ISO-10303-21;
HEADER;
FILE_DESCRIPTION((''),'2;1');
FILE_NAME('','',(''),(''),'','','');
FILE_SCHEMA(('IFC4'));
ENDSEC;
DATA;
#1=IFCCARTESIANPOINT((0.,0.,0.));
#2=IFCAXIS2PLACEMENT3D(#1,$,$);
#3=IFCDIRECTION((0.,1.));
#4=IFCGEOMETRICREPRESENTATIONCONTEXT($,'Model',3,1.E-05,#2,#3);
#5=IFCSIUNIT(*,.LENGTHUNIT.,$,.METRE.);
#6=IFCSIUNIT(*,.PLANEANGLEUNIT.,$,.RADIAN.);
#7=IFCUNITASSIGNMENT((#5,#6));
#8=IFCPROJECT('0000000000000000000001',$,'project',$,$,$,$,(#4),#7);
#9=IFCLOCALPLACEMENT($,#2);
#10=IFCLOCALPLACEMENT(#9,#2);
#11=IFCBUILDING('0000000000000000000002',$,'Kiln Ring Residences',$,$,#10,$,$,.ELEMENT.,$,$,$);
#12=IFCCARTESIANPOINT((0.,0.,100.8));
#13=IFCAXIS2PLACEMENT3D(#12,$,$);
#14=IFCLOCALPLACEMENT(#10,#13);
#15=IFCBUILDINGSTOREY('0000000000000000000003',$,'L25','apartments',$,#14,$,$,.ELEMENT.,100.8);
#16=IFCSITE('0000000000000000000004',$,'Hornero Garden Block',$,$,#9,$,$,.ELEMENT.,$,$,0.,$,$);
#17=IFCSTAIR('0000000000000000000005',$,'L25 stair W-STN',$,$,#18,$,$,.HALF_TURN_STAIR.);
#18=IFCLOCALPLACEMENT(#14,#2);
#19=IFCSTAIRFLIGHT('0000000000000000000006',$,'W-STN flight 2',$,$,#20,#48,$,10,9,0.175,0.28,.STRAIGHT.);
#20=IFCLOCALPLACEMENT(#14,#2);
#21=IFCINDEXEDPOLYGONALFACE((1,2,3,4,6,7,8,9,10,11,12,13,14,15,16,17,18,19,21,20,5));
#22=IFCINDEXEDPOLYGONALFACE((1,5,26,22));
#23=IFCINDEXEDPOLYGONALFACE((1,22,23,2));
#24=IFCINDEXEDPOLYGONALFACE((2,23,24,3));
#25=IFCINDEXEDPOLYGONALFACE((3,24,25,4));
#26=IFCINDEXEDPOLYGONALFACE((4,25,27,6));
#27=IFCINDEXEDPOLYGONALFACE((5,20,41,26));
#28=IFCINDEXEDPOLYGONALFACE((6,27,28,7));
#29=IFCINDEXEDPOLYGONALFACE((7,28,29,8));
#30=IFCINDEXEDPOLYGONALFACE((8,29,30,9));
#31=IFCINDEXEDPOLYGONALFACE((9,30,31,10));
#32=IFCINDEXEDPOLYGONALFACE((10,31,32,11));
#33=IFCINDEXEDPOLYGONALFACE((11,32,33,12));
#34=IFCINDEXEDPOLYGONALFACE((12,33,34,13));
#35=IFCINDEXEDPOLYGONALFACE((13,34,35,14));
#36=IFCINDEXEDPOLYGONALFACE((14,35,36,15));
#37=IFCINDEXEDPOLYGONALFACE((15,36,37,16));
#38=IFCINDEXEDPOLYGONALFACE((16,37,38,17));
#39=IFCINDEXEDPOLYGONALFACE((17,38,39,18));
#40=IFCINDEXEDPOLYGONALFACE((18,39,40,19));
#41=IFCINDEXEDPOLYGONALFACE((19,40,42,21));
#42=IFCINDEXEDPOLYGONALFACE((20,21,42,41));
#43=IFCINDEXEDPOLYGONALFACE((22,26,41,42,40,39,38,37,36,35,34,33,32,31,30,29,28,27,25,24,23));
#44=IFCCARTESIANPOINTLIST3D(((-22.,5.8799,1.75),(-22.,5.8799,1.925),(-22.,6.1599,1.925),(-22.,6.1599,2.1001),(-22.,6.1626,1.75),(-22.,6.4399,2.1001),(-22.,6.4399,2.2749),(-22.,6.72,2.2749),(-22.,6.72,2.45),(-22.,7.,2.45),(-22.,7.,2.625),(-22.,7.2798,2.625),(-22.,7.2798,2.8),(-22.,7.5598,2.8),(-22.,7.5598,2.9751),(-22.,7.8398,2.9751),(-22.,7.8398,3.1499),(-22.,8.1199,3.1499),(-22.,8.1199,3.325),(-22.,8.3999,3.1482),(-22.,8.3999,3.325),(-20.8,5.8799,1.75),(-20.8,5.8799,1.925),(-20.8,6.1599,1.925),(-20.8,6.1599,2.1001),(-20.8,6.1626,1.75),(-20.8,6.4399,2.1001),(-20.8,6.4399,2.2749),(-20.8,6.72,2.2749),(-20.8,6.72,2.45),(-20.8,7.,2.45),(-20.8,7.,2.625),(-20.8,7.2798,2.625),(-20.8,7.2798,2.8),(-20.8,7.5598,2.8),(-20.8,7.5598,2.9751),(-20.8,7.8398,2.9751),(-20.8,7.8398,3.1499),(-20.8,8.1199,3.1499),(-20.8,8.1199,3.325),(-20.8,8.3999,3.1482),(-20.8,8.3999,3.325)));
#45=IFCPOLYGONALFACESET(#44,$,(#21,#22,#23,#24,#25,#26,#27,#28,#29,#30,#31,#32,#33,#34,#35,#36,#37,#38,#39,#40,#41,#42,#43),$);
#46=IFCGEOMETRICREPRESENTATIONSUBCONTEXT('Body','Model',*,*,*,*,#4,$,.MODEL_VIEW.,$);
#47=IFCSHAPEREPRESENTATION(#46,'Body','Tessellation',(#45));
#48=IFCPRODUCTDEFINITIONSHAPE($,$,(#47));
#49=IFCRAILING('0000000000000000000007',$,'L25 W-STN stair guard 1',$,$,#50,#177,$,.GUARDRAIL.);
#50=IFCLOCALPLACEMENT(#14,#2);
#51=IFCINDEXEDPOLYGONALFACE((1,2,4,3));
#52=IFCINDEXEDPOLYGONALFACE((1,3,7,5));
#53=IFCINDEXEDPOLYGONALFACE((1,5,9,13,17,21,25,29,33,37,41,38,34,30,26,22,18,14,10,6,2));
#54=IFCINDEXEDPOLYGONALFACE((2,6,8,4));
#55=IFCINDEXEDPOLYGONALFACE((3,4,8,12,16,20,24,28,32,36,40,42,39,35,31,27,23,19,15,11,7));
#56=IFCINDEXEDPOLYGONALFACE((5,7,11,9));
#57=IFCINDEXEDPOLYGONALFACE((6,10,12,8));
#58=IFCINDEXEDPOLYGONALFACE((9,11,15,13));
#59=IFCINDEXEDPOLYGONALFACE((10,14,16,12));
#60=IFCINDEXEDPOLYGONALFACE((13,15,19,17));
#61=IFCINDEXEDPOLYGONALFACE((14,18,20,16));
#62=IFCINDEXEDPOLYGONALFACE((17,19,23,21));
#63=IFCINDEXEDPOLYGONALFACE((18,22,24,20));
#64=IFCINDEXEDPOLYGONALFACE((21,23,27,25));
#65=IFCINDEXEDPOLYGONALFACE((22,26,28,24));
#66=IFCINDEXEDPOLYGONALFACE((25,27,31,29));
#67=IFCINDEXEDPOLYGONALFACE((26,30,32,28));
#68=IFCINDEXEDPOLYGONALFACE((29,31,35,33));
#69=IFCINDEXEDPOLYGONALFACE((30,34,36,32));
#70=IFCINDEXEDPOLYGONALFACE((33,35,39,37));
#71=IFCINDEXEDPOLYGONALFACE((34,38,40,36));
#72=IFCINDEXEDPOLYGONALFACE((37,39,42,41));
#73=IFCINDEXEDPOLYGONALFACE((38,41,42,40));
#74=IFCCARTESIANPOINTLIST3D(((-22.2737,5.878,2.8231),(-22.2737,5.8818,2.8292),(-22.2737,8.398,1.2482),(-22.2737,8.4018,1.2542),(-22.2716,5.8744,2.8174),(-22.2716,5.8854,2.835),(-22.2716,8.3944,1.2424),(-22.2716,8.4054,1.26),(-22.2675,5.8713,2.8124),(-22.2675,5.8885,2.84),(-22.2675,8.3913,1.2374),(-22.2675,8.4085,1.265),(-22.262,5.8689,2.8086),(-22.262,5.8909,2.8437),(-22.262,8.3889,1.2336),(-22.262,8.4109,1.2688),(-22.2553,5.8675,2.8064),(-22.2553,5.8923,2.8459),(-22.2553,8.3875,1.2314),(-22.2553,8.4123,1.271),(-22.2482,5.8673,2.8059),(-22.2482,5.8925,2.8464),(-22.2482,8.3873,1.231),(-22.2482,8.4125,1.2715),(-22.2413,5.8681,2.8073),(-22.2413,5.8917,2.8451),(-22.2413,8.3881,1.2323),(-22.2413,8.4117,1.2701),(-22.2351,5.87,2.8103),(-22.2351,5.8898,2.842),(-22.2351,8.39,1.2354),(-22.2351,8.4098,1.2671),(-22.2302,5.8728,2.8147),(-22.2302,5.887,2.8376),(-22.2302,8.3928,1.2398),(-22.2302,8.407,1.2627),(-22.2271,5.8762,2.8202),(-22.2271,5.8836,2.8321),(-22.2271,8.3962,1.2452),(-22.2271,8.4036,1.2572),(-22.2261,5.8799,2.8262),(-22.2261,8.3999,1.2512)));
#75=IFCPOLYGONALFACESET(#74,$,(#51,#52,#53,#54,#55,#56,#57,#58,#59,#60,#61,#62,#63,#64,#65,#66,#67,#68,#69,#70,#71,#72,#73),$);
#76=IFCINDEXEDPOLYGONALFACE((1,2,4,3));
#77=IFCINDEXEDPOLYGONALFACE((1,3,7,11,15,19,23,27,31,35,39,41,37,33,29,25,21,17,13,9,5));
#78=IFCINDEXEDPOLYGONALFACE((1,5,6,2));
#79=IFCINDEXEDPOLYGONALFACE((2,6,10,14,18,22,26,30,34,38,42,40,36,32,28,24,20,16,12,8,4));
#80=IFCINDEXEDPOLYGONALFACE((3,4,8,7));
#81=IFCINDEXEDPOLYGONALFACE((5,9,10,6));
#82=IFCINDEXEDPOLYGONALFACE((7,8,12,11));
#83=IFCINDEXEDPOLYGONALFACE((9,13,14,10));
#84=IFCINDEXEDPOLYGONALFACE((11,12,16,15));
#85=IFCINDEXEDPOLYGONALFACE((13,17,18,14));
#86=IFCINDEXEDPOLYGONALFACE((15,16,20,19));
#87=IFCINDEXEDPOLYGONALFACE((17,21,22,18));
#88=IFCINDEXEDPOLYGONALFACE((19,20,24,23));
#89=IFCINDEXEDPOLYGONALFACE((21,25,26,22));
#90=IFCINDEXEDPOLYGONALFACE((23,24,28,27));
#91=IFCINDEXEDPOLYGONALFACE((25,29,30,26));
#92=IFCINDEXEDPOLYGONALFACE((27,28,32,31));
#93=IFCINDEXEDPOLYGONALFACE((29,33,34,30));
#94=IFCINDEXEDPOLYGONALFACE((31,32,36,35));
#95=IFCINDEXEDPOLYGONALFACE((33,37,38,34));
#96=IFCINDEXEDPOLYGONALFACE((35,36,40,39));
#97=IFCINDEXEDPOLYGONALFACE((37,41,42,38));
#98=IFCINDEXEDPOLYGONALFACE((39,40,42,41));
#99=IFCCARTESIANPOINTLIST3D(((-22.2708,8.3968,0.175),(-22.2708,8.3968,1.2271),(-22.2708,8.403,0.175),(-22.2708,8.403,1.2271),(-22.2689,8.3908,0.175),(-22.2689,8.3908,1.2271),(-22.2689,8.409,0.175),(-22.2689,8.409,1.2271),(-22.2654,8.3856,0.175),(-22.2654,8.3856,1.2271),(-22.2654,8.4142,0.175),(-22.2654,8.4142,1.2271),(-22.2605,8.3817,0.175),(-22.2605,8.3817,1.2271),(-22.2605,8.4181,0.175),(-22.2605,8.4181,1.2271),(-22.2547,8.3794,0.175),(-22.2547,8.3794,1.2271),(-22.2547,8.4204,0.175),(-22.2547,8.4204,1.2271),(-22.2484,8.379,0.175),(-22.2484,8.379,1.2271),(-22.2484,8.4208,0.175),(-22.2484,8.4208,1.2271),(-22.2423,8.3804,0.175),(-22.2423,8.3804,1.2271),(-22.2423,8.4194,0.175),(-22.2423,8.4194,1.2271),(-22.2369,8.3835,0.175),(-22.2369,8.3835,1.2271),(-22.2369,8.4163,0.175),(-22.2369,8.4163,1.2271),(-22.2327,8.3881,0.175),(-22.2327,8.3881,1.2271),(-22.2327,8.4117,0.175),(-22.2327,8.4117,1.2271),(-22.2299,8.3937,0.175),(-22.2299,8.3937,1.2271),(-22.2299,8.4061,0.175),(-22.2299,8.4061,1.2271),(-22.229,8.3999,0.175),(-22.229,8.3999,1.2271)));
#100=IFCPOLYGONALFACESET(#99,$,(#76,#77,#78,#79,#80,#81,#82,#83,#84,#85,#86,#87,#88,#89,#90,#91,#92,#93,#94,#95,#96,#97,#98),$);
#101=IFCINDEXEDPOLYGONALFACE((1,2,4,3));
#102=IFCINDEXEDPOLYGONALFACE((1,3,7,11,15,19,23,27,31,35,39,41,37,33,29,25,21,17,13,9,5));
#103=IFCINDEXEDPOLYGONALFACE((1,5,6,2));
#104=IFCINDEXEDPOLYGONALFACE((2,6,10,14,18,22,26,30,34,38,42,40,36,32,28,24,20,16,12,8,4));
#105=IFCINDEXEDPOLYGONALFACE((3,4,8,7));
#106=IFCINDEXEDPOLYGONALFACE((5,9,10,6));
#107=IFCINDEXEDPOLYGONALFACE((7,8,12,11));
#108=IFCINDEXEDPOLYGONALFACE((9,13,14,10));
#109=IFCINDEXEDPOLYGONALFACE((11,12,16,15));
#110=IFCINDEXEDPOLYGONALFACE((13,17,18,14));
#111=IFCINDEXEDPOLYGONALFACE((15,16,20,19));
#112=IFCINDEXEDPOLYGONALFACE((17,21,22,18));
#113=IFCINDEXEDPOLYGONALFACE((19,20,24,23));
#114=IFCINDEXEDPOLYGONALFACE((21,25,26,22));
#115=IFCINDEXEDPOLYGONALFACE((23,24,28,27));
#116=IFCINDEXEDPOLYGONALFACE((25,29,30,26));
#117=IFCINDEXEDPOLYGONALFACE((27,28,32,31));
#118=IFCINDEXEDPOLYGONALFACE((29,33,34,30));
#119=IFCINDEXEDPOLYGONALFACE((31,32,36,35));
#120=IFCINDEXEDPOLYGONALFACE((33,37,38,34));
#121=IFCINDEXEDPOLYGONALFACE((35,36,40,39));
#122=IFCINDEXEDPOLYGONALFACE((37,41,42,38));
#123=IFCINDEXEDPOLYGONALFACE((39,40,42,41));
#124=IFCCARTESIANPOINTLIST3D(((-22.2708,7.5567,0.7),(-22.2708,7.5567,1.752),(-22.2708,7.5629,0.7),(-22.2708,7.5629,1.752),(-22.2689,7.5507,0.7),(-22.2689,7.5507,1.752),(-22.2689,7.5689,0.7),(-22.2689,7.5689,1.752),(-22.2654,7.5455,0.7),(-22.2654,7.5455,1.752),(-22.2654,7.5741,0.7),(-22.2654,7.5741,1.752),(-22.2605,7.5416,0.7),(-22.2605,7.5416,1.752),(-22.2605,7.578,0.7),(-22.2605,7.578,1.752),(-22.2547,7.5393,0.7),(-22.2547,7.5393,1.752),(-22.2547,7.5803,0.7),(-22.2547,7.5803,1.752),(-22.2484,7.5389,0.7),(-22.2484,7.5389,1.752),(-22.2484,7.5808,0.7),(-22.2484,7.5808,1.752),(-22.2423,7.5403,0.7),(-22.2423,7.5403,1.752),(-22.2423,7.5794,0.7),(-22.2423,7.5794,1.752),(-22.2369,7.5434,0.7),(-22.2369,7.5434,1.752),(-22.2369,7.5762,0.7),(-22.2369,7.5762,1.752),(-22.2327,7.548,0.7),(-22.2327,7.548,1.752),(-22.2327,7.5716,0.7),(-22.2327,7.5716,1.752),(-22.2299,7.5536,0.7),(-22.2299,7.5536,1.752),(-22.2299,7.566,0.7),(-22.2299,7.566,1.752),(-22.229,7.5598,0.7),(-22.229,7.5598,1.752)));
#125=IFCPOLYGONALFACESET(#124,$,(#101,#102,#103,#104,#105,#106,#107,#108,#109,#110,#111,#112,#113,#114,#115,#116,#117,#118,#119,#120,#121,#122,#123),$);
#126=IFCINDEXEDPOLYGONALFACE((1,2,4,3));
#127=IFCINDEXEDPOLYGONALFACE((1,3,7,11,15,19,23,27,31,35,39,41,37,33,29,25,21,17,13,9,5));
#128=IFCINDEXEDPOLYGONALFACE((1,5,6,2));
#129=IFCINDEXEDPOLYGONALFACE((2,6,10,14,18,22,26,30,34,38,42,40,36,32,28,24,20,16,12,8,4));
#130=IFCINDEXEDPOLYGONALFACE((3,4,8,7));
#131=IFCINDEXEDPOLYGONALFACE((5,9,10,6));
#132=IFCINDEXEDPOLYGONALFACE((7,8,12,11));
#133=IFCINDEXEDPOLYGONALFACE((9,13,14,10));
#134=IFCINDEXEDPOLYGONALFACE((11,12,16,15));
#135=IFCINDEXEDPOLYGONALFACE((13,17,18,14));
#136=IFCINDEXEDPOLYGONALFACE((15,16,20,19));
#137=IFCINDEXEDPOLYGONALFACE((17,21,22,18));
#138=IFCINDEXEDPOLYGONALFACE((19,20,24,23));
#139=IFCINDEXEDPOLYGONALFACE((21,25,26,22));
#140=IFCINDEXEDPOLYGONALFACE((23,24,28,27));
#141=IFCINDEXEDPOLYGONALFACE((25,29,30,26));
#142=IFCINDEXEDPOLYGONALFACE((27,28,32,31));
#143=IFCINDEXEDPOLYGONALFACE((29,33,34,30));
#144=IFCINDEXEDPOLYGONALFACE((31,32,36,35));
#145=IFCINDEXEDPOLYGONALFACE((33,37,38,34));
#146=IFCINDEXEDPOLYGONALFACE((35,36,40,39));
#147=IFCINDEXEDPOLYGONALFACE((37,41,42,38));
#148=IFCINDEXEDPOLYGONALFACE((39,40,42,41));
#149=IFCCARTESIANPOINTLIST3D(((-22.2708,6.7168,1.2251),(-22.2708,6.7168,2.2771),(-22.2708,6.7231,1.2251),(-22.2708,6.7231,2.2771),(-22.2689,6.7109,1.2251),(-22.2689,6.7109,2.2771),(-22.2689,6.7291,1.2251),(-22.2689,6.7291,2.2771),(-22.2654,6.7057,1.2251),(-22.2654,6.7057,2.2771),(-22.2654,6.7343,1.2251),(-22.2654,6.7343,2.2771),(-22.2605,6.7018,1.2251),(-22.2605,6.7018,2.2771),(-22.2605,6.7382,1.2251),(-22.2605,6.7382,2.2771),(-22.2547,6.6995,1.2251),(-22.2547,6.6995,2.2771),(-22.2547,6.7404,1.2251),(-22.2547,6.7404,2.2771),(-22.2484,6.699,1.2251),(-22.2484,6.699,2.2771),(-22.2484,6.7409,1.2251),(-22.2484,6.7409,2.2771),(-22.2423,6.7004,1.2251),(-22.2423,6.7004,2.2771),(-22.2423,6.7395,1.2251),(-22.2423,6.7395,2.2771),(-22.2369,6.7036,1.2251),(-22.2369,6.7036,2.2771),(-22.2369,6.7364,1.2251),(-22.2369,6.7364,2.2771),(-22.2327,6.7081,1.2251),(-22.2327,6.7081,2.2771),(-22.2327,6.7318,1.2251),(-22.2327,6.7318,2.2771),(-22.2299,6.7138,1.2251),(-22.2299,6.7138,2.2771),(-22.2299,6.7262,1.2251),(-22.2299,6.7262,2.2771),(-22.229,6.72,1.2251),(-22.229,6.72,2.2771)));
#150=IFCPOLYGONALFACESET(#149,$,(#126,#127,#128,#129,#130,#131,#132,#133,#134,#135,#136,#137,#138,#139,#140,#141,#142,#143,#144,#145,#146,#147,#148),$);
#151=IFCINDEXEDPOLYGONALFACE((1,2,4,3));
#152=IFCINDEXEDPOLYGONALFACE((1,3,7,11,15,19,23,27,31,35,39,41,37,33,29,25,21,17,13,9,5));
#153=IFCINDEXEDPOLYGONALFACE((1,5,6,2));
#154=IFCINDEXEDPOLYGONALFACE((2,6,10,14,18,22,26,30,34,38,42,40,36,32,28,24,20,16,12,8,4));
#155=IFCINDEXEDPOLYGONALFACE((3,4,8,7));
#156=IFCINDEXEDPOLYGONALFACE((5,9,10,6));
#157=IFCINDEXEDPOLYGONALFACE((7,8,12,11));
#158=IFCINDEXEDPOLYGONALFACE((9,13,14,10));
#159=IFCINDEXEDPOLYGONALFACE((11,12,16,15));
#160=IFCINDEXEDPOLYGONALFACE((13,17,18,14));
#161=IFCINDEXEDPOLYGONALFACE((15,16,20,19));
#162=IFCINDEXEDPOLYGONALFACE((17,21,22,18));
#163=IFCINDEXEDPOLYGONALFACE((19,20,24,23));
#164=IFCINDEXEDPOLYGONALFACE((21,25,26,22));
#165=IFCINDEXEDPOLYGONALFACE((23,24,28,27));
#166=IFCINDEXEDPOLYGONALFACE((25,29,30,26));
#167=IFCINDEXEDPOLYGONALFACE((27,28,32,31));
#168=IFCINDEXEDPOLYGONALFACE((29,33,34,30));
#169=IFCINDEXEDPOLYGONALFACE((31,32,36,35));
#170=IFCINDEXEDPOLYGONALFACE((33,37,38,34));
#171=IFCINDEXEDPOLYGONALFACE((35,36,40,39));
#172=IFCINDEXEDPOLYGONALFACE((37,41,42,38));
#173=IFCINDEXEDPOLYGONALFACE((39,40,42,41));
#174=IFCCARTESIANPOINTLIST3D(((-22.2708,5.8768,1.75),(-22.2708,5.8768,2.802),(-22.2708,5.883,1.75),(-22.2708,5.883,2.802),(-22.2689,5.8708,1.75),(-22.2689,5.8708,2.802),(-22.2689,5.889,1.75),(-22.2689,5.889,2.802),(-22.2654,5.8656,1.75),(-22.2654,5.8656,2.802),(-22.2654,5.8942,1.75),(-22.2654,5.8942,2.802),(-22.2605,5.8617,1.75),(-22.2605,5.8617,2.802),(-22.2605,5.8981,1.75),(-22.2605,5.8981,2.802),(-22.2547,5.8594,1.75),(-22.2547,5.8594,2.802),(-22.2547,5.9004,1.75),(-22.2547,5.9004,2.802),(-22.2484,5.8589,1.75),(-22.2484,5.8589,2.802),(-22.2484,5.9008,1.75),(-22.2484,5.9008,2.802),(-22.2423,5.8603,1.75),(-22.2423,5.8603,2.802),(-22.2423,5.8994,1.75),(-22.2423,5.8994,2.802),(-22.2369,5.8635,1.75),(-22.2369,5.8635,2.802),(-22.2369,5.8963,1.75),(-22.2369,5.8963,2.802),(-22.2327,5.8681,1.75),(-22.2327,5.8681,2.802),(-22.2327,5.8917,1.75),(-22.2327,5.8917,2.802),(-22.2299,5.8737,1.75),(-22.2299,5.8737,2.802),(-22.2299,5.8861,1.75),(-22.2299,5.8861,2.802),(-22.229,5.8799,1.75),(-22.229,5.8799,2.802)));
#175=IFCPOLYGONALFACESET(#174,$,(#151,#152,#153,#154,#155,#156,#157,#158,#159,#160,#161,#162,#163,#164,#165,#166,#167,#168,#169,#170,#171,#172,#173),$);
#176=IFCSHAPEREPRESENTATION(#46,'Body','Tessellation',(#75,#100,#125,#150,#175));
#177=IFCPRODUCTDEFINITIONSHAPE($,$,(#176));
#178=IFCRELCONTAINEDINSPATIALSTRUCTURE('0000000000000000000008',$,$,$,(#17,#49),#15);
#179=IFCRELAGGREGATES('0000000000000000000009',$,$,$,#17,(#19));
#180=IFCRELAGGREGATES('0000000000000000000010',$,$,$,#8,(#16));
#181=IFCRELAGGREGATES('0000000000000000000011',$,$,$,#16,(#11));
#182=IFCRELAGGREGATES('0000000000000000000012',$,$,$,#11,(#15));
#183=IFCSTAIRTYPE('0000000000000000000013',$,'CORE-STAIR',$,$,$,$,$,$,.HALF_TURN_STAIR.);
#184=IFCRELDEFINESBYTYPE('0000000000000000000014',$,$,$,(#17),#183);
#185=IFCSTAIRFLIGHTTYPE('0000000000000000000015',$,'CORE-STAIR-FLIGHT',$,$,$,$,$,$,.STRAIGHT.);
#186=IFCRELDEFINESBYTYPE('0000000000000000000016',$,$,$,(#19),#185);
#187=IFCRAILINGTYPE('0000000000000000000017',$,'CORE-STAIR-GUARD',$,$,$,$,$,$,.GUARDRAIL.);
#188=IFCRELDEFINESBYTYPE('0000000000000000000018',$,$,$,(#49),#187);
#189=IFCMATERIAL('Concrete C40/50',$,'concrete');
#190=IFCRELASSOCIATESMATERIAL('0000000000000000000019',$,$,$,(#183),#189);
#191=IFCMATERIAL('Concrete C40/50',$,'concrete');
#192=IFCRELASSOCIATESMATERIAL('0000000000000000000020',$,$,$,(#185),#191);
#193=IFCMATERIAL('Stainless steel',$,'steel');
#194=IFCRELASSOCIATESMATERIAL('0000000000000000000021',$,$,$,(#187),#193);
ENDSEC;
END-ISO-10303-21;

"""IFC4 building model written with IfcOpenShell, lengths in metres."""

from ifc_helpers import new_model, si_unit, direction, frame, origin, origin_2d, place, context, subcontext, project, spatial, polyline, circle, outline, extrude, material, type_object, element, aggregate, save


model = new_model("IFC4")

# Units and contexts
model_context = context("Model", 3, precision=1e-05, world=origin(), true_north=direction((0.0, 1.0)))
body_context = subcontext(model_context, "Body", "Model", "MODEL_VIEW")
ifc_project = project(units=[si_unit("LENGTHUNIT", "METRE"), si_unit("PLANEANGLEUNIT", "RADIAN")], contexts=[model_context])

# Site, building, storey
site_placement = place(None, origin())
site = spatial("IfcSite", under=ifc_project, at=site_placement, Name="Hornero Garden Block", CompositionType="ELEMENT", RefElevation=0.0)
building_placement = place(site_placement, origin())
building = spatial("IfcBuilding", under=site, at=building_placement, Name="Kiln Ring Residences", CompositionType="ELEMENT")
storey_placement = place(building_placement, frame((0.0, 0.0, 100.8)))
storey = spatial("IfcBuildingStorey", under=building, at=storey_placement, Name="L25", Description="apartments", CompositionType="ELEMENT", Elevation=100.8)

# Stair, stair flight
ifc_material_1 = material(Name="Concrete C40/50", Category="concrete")
stair_type = type_object("IfcStairType", Name="CORE-STAIR", PredefinedType="HALF_TURN_STAIR", material=ifc_material_1)
stair_placement = place(storey_placement, origin())
stair = element("IfcStair", 1, at=stair_placement, inside=storey, type_object=stair_type, Name="L25 stair W-STN", PredefinedType="HALF_TURN_STAIR")
ifc_material_2 = material(Name="Concrete C40/50", Category="concrete")
stair_flight_type = type_object("IfcStairFlightType", Name="CORE-STAIR-FLIGHT", PredefinedType="STRAIGHT", material=ifc_material_2)
stair_flight_1_placement = place(storey_placement, frame((-21.3999, 5.8799, 1.75), z_axis=(0.0, 0.0, 1.0), x_axis=(0.0, 1.0, 0.0)))
stair_flight_1 = element("IfcStairFlight", 2, at=stair_flight_1_placement, type_object=stair_flight_type, Name="W-STN flight 2", NumberOfRisers=10, NumberOfTreads=9, PredefinedType="STRAIGHT", RiserHeight=0.175, TreadLength=0.28, context=body_context, shape_type="SweptSolid", body=[
    extrude(outline(polyline([(0.0, 0.0), (0.0, 0.175), (0.28, 0.175), (0.28, 0.3501), (0.5601, 0.3501), (0.5601, 0.5249), (0.8401, 0.5249), (0.8401, 0.7), (1.1201, 0.7), (1.1201, 0.875), (1.3999, 0.875), (1.3999, 1.05), (1.6799, 1.05), (1.6799, 1.2251), (1.96, 1.2251), (1.96, 1.3999), (2.24, 1.3999), (2.24, 1.575), (2.52, 1.575), (2.52, 1.75), (2.52, 1.3982), (0.2827, 0.0), (0.0, 0.0)])), frame((0.0, 0.6001, 0.0), z_axis=(0.0, -1.0, 0.0), x_axis=(1.0, 0.0, 0.0)), (0.0, 0.0, 1.0), 1.2),
])
aggregate(stair, [stair_flight_1])

# Railing
ifc_material_3 = material(Name="Stainless steel", Category="steel")
railing_type_1 = type_object("IfcRailingType", Name="CORE-STAIR-GUARD", PredefinedType="GUARDRAIL", material=ifc_material_3)
railing_1_placement = place(storey_placement, frame((-22.25, 8.3999, 0.175)))
element("IfcRailing", 3, at=railing_1_placement, inside=storey, type_object=railing_type_1, Name="L25 W-STN stair guard 1", PredefinedType="GUARDRAIL", context=body_context, shape_type="SweptSolid", body=[
    extrude(circle(Radius=0.0239, at=origin_2d()), frame((0.0, 0.0, 1.0762), z_axis=(0.0, -0.848008, 0.529984), x_axis=(1.0, 0.0, 0.0)), (0.0, 0.0, 1.0), 2.9717),
    extrude(circle(Radius=0.021, at=origin_2d()), origin(), (0.0, 0.0, 1.0), 1.052),
    extrude(circle(Radius=0.021, at=origin_2d()), frame((0.0, -0.8401, 0.5249)), (0.0, 0.0, 1.0), 1.052),
    extrude(circle(Radius=0.021, at=origin_2d()), frame((0.0, -1.6799, 1.05)), (0.0, 0.0, 1.0), 1.052),
    extrude(circle(Radius=0.021, at=origin_2d()), frame((0.0, -2.52, 1.575)), (0.0, 0.0, 1.0), 1.052),
])

save(model, "model.ifc")
